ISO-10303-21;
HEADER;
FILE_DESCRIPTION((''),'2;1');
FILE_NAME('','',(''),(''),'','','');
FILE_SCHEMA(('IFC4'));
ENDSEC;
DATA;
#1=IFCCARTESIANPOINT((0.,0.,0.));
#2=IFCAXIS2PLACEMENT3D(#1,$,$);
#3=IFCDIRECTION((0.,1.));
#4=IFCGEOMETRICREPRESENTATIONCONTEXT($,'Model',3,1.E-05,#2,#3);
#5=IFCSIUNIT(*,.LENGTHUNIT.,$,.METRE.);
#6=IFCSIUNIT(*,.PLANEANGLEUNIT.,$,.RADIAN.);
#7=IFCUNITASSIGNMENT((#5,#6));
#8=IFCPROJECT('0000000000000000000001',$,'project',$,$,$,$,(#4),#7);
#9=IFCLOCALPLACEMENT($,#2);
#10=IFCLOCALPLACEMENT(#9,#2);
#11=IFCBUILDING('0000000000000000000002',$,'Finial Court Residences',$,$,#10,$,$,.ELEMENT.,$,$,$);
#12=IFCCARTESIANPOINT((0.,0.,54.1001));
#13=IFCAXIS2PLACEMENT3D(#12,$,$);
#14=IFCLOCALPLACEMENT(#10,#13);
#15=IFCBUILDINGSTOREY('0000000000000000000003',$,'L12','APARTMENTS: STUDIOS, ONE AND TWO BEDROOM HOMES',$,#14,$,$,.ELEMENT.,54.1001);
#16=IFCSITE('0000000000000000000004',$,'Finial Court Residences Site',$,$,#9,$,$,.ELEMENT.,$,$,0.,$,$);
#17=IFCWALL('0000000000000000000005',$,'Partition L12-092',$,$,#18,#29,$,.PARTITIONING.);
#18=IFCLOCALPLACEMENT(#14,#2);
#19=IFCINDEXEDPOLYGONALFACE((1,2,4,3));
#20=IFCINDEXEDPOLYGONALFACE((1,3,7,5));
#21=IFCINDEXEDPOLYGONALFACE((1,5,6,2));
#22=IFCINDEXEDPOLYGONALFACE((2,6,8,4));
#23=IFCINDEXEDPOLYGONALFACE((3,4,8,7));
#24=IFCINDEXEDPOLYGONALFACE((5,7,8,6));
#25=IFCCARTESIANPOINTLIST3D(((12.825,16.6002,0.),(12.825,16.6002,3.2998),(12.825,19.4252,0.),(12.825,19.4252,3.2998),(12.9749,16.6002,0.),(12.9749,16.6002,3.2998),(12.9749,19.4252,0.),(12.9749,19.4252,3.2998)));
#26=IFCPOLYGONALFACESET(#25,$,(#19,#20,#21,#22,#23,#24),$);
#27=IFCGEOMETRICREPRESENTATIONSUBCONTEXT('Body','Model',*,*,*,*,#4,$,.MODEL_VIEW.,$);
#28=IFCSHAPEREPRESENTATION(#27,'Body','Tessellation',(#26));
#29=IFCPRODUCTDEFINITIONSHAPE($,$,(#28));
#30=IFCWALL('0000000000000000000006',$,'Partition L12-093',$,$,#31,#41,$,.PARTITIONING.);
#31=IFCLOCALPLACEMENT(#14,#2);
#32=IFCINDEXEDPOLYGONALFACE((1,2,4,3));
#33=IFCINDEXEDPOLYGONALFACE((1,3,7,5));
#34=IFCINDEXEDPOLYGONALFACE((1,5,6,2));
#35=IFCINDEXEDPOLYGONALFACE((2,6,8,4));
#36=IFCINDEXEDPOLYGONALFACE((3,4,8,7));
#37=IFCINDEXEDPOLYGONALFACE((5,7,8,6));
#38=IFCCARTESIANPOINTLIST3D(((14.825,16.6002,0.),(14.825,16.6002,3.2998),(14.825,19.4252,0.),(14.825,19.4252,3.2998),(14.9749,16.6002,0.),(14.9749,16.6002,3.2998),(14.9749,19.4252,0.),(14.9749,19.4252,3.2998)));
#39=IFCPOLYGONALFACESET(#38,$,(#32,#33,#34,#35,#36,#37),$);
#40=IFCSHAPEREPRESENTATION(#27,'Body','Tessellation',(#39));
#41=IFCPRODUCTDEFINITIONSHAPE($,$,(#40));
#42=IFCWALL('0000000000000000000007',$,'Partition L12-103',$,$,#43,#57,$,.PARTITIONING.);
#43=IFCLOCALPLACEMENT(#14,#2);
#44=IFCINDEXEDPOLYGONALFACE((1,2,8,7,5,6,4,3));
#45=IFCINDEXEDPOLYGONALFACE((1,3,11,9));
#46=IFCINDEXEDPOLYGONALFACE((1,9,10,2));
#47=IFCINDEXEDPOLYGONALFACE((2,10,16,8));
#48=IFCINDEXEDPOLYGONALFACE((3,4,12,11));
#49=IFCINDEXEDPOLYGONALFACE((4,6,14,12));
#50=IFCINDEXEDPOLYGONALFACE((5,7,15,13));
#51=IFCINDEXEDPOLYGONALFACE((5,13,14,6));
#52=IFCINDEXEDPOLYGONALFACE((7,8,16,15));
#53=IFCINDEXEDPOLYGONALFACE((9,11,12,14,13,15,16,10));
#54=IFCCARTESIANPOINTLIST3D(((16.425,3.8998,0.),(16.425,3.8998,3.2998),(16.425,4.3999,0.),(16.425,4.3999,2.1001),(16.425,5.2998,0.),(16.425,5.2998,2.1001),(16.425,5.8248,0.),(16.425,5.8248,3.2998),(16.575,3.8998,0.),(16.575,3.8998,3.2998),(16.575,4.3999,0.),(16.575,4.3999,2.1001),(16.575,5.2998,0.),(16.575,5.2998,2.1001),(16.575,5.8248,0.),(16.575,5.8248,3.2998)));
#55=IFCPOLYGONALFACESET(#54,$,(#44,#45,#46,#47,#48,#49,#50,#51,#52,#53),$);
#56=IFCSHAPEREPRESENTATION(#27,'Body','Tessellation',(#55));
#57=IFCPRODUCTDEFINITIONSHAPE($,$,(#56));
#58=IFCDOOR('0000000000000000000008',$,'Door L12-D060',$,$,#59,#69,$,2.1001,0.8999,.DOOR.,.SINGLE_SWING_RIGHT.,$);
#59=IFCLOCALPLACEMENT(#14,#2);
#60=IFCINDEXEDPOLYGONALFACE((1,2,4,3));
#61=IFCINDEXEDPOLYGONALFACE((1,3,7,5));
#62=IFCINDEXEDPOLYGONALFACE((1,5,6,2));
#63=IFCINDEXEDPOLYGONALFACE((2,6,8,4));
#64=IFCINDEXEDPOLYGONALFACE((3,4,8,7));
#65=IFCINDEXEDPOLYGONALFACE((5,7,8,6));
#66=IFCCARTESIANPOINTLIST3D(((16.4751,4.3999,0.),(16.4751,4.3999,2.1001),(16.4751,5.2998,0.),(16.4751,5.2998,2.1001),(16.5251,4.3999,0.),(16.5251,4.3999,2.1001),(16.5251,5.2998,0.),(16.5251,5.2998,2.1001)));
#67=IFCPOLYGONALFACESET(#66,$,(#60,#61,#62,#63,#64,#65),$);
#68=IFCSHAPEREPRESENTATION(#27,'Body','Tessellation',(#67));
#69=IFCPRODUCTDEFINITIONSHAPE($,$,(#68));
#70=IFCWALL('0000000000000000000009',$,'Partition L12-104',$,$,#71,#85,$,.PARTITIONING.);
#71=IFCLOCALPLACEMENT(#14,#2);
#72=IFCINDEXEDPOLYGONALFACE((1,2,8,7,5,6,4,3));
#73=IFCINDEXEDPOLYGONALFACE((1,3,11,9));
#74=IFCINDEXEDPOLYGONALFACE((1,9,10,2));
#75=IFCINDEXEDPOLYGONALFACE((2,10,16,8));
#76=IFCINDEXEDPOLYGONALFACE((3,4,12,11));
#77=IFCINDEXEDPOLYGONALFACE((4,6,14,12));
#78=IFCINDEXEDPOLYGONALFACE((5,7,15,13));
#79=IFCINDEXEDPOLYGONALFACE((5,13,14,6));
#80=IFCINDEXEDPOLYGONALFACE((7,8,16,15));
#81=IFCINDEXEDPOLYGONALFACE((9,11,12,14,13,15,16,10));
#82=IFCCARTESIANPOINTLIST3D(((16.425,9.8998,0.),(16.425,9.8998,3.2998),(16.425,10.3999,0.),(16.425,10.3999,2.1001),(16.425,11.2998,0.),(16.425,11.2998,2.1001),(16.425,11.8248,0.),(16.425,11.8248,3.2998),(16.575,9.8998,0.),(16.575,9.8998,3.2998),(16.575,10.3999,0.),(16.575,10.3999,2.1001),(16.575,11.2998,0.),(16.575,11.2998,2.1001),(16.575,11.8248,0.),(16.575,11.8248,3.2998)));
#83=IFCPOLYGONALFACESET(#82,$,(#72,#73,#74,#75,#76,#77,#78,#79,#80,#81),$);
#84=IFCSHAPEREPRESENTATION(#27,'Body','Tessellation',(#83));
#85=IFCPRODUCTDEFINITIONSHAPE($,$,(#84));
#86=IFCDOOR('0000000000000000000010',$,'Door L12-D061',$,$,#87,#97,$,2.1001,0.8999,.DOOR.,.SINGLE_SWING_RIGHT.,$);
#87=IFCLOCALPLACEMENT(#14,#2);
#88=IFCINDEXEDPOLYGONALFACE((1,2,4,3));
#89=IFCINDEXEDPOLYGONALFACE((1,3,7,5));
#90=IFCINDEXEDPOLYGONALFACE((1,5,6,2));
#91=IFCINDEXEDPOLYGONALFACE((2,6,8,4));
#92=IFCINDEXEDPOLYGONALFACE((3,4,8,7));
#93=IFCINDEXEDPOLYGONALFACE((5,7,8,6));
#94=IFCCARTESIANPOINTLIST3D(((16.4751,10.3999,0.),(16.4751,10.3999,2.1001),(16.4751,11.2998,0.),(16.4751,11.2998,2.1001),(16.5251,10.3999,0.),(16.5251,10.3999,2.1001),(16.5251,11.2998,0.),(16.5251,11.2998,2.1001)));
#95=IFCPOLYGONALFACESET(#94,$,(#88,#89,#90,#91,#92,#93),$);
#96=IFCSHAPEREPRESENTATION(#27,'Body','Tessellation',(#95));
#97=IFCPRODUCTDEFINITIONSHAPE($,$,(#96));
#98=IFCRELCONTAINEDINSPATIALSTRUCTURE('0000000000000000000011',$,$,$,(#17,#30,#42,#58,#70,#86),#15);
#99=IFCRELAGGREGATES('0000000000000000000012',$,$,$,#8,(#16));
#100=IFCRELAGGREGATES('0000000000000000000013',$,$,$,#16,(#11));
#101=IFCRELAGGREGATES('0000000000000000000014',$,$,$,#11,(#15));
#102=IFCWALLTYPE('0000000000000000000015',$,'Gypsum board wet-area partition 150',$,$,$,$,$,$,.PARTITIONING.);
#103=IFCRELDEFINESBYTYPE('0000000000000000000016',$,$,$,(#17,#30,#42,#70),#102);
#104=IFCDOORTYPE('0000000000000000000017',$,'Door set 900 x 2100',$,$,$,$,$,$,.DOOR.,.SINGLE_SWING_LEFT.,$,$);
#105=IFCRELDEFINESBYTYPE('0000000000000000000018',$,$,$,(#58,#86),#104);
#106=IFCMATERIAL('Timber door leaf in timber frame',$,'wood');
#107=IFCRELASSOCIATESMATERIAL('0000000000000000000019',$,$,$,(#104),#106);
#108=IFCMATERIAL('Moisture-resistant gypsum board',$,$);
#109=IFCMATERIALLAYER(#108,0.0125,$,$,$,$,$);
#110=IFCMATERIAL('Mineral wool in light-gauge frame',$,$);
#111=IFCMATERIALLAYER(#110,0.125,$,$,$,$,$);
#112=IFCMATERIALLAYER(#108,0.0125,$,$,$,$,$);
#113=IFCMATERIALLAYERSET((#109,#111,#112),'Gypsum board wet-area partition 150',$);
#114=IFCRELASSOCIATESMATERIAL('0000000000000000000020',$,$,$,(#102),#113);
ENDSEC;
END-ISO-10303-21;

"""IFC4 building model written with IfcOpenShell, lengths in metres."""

from ifc_helpers import new_model, si_unit, direction, frame, frame_2d, origin, place, context, subcontext, project, spatial, rectangle, extrude, material, layer, layer_set, type_object, element, fill, save


model = new_model("IFC4")

# Units and contexts
model_context = context("Model", 3, precision=1e-05, world=origin(), true_north=direction((0.0, 1.0)))
body_context = subcontext(model_context, "Body", "Model", "MODEL_VIEW")
ifc_project = project(units=[si_unit("LENGTHUNIT", "METRE"), si_unit("PLANEANGLEUNIT", "RADIAN")], contexts=[model_context])

# Site, building, storey
site_placement = place(None, origin())
site = spatial("IfcSite", under=ifc_project, at=site_placement, Name="Finial Court Residences Site", CompositionType="ELEMENT", RefElevation=0.0)
building_placement = place(site_placement, origin())
building = spatial("IfcBuilding", under=site, at=building_placement, Name="Finial Court Residences", CompositionType="ELEMENT")
storey_placement = place(building_placement, frame((0.0, 0.0, 54.1001)))
storey = spatial("IfcBuildingStorey", under=building, at=storey_placement, Name="L12", Description="APARTMENTS: STUDIOS, ONE AND TWO BEDROOM HOMES", CompositionType="ELEMENT", Elevation=54.1001)

# Shared definitions
ifc_material_1 = material(Name="Mineral wool in light-gauge frame")

# Shared definitions
ifc_material_2 = material(Name="Timber door leaf in timber frame", Category="wood")
door_type = type_object("IfcDoorType", Name="Door set 900 x 2100", OperationType="SINGLE_SWING_LEFT", PredefinedType="DOOR", material=ifc_material_2)

# Shared definitions
ifc_material_3 = material(Name="Moisture-resistant gypsum board")
ifc_layer_1 = layer(ifc_material_3, 0.0125)
ifc_layer_2 = layer(ifc_material_1, 0.125)
ifc_layer_3 = layer(ifc_material_3, 0.0125)
ifc_layer_set_1 = layer_set([ifc_layer_1, ifc_layer_2, ifc_layer_3], Name="Gypsum board wet-area partition 150")
wall_type_1 = type_object("IfcWallType", Name="Gypsum board wet-area partition 150", PredefinedType="PARTITIONING", material=ifc_layer_set_1)

# Walls
for number, where, z_axis, x_axis, name in (
    (1, (12.8999, 16.6001, 0.0), (0.0, 0.0, 1.0), (0.0, 1.0, 0.0), "Partition L12-092"),
    (2, (14.8999, 16.6001, 0.0), (0.0, 0.0, 1.0), (0.0, 1.0, 0.0), "Partition L12-093"),
):
    element("IfcWall", number, at=place(storey_placement, frame(where, z_axis=z_axis, x_axis=x_axis)), inside=storey, type_object=wall_type_1, Name=name, PredefinedType="PARTITIONING", context=body_context, shape_type="SweptSolid", body=[
        extrude(rectangle(XDim=2.825, YDim=0.1499, at=frame_2d((1.4126, 0.0))), origin(), (0.0, 0.0, 1.0), 3.2998),
    ])

# Walls, openings, doors
wall_1_placement = place(storey_placement, frame((16.5, 3.8999, 0.0), z_axis=(0.0, 0.0, 1.0), x_axis=(0.0, 1.0, 0.0)))
wall_1 = element("IfcWall", 3, at=wall_1_placement, inside=storey, type_object=wall_type_1, Name="Partition L12-103", PredefinedType="PARTITIONING", context=body_context, shape_type="SweptSolid", body=[
    extrude(rectangle(XDim=1.925, YDim=0.1499, at=frame_2d((0.9624, 0.0))), origin(), (0.0, 0.0, 1.0), 3.2998),
])
opening_1_placement = place(wall_1_placement, frame((0.5, 0.0, 0.0)))
opening_1 = element("IfcOpeningElement", 4, at=opening_1_placement, cuts=wall_1, PredefinedType="OPENING", context=body_context, shape_type="SweptSolid", body=[
    extrude(rectangle(XDim=0.8999, YDim=2.1001, at=frame_2d((0.45, 1.05))), frame((0.0, 0.085, 0.0), z_axis=(0.0, -1.0, 0.0), x_axis=(1.0, 0.0, 0.0)), (0.0, 0.0, 1.0), 0.1699),
])
door_1_placement = place(opening_1_placement, origin())
door_1 = element("IfcDoor", 5, at=door_1_placement, inside=storey, type_object=door_type, Name="Door L12-D060", OperationType="SINGLE_SWING_RIGHT", OverallHeight=2.1001, OverallWidth=0.8999, PredefinedType="DOOR", context=body_context, shape_type="SweptSolid", body=[
    extrude(rectangle(XDim=0.8999, YDim=2.1001, at=frame_2d((0.45, 1.05))), frame((0.0, 0.0249, 0.0), z_axis=(0.0, -1.0, 0.0), x_axis=(1.0, 0.0, 0.0)), (0.0, 0.0, 1.0), 0.05),
])
fill(opening_1, door_1)
wall_2_placement = place(storey_placement, frame((16.5, 9.8999, 0.0), z_axis=(0.0, 0.0, 1.0), x_axis=(0.0, 1.0, 0.0)))
wall_2 = element("IfcWall", 6, at=wall_2_placement, inside=storey, type_object=wall_type_1, Name="Partition L12-104", PredefinedType="PARTITIONING", context=body_context, shape_type="SweptSolid", body=[
    extrude(rectangle(XDim=1.925, YDim=0.1499, at=frame_2d((0.9624, 0.0))), origin(), (0.0, 0.0, 1.0), 3.2998),
])
opening_2_placement = place(wall_2_placement, frame((0.5, 0.0, 0.0)))
opening_2 = element("IfcOpeningElement", 7, at=opening_2_placement, cuts=wall_2, PredefinedType="OPENING", context=body_context, shape_type="SweptSolid", body=[
    extrude(rectangle(XDim=0.8999, YDim=2.1001, at=frame_2d((0.45, 1.05))), frame((0.0, 0.085, 0.0), z_axis=(0.0, -1.0, 0.0), x_axis=(1.0, 0.0, 0.0)), (0.0, 0.0, 1.0), 0.1699),
])
door_2_placement = place(opening_2_placement, origin())
door_2 = element("IfcDoor", 8, at=door_2_placement, inside=storey, type_object=door_type, Name="Door L12-D061", OperationType="SINGLE_SWING_RIGHT", OverallHeight=2.1001, OverallWidth=0.8999, PredefinedType="DOOR", context=body_context, shape_type="SweptSolid", body=[
    extrude(rectangle(XDim=0.8999, YDim=2.1001, at=frame_2d((0.45, 1.05))), frame((0.0, 0.0249, 0.0), z_axis=(0.0, -1.0, 0.0), x_axis=(1.0, 0.0, 0.0)), (0.0, 0.0, 1.0), 0.05),
])
fill(opening_2, door_2)

save(model, "model.ifc")
